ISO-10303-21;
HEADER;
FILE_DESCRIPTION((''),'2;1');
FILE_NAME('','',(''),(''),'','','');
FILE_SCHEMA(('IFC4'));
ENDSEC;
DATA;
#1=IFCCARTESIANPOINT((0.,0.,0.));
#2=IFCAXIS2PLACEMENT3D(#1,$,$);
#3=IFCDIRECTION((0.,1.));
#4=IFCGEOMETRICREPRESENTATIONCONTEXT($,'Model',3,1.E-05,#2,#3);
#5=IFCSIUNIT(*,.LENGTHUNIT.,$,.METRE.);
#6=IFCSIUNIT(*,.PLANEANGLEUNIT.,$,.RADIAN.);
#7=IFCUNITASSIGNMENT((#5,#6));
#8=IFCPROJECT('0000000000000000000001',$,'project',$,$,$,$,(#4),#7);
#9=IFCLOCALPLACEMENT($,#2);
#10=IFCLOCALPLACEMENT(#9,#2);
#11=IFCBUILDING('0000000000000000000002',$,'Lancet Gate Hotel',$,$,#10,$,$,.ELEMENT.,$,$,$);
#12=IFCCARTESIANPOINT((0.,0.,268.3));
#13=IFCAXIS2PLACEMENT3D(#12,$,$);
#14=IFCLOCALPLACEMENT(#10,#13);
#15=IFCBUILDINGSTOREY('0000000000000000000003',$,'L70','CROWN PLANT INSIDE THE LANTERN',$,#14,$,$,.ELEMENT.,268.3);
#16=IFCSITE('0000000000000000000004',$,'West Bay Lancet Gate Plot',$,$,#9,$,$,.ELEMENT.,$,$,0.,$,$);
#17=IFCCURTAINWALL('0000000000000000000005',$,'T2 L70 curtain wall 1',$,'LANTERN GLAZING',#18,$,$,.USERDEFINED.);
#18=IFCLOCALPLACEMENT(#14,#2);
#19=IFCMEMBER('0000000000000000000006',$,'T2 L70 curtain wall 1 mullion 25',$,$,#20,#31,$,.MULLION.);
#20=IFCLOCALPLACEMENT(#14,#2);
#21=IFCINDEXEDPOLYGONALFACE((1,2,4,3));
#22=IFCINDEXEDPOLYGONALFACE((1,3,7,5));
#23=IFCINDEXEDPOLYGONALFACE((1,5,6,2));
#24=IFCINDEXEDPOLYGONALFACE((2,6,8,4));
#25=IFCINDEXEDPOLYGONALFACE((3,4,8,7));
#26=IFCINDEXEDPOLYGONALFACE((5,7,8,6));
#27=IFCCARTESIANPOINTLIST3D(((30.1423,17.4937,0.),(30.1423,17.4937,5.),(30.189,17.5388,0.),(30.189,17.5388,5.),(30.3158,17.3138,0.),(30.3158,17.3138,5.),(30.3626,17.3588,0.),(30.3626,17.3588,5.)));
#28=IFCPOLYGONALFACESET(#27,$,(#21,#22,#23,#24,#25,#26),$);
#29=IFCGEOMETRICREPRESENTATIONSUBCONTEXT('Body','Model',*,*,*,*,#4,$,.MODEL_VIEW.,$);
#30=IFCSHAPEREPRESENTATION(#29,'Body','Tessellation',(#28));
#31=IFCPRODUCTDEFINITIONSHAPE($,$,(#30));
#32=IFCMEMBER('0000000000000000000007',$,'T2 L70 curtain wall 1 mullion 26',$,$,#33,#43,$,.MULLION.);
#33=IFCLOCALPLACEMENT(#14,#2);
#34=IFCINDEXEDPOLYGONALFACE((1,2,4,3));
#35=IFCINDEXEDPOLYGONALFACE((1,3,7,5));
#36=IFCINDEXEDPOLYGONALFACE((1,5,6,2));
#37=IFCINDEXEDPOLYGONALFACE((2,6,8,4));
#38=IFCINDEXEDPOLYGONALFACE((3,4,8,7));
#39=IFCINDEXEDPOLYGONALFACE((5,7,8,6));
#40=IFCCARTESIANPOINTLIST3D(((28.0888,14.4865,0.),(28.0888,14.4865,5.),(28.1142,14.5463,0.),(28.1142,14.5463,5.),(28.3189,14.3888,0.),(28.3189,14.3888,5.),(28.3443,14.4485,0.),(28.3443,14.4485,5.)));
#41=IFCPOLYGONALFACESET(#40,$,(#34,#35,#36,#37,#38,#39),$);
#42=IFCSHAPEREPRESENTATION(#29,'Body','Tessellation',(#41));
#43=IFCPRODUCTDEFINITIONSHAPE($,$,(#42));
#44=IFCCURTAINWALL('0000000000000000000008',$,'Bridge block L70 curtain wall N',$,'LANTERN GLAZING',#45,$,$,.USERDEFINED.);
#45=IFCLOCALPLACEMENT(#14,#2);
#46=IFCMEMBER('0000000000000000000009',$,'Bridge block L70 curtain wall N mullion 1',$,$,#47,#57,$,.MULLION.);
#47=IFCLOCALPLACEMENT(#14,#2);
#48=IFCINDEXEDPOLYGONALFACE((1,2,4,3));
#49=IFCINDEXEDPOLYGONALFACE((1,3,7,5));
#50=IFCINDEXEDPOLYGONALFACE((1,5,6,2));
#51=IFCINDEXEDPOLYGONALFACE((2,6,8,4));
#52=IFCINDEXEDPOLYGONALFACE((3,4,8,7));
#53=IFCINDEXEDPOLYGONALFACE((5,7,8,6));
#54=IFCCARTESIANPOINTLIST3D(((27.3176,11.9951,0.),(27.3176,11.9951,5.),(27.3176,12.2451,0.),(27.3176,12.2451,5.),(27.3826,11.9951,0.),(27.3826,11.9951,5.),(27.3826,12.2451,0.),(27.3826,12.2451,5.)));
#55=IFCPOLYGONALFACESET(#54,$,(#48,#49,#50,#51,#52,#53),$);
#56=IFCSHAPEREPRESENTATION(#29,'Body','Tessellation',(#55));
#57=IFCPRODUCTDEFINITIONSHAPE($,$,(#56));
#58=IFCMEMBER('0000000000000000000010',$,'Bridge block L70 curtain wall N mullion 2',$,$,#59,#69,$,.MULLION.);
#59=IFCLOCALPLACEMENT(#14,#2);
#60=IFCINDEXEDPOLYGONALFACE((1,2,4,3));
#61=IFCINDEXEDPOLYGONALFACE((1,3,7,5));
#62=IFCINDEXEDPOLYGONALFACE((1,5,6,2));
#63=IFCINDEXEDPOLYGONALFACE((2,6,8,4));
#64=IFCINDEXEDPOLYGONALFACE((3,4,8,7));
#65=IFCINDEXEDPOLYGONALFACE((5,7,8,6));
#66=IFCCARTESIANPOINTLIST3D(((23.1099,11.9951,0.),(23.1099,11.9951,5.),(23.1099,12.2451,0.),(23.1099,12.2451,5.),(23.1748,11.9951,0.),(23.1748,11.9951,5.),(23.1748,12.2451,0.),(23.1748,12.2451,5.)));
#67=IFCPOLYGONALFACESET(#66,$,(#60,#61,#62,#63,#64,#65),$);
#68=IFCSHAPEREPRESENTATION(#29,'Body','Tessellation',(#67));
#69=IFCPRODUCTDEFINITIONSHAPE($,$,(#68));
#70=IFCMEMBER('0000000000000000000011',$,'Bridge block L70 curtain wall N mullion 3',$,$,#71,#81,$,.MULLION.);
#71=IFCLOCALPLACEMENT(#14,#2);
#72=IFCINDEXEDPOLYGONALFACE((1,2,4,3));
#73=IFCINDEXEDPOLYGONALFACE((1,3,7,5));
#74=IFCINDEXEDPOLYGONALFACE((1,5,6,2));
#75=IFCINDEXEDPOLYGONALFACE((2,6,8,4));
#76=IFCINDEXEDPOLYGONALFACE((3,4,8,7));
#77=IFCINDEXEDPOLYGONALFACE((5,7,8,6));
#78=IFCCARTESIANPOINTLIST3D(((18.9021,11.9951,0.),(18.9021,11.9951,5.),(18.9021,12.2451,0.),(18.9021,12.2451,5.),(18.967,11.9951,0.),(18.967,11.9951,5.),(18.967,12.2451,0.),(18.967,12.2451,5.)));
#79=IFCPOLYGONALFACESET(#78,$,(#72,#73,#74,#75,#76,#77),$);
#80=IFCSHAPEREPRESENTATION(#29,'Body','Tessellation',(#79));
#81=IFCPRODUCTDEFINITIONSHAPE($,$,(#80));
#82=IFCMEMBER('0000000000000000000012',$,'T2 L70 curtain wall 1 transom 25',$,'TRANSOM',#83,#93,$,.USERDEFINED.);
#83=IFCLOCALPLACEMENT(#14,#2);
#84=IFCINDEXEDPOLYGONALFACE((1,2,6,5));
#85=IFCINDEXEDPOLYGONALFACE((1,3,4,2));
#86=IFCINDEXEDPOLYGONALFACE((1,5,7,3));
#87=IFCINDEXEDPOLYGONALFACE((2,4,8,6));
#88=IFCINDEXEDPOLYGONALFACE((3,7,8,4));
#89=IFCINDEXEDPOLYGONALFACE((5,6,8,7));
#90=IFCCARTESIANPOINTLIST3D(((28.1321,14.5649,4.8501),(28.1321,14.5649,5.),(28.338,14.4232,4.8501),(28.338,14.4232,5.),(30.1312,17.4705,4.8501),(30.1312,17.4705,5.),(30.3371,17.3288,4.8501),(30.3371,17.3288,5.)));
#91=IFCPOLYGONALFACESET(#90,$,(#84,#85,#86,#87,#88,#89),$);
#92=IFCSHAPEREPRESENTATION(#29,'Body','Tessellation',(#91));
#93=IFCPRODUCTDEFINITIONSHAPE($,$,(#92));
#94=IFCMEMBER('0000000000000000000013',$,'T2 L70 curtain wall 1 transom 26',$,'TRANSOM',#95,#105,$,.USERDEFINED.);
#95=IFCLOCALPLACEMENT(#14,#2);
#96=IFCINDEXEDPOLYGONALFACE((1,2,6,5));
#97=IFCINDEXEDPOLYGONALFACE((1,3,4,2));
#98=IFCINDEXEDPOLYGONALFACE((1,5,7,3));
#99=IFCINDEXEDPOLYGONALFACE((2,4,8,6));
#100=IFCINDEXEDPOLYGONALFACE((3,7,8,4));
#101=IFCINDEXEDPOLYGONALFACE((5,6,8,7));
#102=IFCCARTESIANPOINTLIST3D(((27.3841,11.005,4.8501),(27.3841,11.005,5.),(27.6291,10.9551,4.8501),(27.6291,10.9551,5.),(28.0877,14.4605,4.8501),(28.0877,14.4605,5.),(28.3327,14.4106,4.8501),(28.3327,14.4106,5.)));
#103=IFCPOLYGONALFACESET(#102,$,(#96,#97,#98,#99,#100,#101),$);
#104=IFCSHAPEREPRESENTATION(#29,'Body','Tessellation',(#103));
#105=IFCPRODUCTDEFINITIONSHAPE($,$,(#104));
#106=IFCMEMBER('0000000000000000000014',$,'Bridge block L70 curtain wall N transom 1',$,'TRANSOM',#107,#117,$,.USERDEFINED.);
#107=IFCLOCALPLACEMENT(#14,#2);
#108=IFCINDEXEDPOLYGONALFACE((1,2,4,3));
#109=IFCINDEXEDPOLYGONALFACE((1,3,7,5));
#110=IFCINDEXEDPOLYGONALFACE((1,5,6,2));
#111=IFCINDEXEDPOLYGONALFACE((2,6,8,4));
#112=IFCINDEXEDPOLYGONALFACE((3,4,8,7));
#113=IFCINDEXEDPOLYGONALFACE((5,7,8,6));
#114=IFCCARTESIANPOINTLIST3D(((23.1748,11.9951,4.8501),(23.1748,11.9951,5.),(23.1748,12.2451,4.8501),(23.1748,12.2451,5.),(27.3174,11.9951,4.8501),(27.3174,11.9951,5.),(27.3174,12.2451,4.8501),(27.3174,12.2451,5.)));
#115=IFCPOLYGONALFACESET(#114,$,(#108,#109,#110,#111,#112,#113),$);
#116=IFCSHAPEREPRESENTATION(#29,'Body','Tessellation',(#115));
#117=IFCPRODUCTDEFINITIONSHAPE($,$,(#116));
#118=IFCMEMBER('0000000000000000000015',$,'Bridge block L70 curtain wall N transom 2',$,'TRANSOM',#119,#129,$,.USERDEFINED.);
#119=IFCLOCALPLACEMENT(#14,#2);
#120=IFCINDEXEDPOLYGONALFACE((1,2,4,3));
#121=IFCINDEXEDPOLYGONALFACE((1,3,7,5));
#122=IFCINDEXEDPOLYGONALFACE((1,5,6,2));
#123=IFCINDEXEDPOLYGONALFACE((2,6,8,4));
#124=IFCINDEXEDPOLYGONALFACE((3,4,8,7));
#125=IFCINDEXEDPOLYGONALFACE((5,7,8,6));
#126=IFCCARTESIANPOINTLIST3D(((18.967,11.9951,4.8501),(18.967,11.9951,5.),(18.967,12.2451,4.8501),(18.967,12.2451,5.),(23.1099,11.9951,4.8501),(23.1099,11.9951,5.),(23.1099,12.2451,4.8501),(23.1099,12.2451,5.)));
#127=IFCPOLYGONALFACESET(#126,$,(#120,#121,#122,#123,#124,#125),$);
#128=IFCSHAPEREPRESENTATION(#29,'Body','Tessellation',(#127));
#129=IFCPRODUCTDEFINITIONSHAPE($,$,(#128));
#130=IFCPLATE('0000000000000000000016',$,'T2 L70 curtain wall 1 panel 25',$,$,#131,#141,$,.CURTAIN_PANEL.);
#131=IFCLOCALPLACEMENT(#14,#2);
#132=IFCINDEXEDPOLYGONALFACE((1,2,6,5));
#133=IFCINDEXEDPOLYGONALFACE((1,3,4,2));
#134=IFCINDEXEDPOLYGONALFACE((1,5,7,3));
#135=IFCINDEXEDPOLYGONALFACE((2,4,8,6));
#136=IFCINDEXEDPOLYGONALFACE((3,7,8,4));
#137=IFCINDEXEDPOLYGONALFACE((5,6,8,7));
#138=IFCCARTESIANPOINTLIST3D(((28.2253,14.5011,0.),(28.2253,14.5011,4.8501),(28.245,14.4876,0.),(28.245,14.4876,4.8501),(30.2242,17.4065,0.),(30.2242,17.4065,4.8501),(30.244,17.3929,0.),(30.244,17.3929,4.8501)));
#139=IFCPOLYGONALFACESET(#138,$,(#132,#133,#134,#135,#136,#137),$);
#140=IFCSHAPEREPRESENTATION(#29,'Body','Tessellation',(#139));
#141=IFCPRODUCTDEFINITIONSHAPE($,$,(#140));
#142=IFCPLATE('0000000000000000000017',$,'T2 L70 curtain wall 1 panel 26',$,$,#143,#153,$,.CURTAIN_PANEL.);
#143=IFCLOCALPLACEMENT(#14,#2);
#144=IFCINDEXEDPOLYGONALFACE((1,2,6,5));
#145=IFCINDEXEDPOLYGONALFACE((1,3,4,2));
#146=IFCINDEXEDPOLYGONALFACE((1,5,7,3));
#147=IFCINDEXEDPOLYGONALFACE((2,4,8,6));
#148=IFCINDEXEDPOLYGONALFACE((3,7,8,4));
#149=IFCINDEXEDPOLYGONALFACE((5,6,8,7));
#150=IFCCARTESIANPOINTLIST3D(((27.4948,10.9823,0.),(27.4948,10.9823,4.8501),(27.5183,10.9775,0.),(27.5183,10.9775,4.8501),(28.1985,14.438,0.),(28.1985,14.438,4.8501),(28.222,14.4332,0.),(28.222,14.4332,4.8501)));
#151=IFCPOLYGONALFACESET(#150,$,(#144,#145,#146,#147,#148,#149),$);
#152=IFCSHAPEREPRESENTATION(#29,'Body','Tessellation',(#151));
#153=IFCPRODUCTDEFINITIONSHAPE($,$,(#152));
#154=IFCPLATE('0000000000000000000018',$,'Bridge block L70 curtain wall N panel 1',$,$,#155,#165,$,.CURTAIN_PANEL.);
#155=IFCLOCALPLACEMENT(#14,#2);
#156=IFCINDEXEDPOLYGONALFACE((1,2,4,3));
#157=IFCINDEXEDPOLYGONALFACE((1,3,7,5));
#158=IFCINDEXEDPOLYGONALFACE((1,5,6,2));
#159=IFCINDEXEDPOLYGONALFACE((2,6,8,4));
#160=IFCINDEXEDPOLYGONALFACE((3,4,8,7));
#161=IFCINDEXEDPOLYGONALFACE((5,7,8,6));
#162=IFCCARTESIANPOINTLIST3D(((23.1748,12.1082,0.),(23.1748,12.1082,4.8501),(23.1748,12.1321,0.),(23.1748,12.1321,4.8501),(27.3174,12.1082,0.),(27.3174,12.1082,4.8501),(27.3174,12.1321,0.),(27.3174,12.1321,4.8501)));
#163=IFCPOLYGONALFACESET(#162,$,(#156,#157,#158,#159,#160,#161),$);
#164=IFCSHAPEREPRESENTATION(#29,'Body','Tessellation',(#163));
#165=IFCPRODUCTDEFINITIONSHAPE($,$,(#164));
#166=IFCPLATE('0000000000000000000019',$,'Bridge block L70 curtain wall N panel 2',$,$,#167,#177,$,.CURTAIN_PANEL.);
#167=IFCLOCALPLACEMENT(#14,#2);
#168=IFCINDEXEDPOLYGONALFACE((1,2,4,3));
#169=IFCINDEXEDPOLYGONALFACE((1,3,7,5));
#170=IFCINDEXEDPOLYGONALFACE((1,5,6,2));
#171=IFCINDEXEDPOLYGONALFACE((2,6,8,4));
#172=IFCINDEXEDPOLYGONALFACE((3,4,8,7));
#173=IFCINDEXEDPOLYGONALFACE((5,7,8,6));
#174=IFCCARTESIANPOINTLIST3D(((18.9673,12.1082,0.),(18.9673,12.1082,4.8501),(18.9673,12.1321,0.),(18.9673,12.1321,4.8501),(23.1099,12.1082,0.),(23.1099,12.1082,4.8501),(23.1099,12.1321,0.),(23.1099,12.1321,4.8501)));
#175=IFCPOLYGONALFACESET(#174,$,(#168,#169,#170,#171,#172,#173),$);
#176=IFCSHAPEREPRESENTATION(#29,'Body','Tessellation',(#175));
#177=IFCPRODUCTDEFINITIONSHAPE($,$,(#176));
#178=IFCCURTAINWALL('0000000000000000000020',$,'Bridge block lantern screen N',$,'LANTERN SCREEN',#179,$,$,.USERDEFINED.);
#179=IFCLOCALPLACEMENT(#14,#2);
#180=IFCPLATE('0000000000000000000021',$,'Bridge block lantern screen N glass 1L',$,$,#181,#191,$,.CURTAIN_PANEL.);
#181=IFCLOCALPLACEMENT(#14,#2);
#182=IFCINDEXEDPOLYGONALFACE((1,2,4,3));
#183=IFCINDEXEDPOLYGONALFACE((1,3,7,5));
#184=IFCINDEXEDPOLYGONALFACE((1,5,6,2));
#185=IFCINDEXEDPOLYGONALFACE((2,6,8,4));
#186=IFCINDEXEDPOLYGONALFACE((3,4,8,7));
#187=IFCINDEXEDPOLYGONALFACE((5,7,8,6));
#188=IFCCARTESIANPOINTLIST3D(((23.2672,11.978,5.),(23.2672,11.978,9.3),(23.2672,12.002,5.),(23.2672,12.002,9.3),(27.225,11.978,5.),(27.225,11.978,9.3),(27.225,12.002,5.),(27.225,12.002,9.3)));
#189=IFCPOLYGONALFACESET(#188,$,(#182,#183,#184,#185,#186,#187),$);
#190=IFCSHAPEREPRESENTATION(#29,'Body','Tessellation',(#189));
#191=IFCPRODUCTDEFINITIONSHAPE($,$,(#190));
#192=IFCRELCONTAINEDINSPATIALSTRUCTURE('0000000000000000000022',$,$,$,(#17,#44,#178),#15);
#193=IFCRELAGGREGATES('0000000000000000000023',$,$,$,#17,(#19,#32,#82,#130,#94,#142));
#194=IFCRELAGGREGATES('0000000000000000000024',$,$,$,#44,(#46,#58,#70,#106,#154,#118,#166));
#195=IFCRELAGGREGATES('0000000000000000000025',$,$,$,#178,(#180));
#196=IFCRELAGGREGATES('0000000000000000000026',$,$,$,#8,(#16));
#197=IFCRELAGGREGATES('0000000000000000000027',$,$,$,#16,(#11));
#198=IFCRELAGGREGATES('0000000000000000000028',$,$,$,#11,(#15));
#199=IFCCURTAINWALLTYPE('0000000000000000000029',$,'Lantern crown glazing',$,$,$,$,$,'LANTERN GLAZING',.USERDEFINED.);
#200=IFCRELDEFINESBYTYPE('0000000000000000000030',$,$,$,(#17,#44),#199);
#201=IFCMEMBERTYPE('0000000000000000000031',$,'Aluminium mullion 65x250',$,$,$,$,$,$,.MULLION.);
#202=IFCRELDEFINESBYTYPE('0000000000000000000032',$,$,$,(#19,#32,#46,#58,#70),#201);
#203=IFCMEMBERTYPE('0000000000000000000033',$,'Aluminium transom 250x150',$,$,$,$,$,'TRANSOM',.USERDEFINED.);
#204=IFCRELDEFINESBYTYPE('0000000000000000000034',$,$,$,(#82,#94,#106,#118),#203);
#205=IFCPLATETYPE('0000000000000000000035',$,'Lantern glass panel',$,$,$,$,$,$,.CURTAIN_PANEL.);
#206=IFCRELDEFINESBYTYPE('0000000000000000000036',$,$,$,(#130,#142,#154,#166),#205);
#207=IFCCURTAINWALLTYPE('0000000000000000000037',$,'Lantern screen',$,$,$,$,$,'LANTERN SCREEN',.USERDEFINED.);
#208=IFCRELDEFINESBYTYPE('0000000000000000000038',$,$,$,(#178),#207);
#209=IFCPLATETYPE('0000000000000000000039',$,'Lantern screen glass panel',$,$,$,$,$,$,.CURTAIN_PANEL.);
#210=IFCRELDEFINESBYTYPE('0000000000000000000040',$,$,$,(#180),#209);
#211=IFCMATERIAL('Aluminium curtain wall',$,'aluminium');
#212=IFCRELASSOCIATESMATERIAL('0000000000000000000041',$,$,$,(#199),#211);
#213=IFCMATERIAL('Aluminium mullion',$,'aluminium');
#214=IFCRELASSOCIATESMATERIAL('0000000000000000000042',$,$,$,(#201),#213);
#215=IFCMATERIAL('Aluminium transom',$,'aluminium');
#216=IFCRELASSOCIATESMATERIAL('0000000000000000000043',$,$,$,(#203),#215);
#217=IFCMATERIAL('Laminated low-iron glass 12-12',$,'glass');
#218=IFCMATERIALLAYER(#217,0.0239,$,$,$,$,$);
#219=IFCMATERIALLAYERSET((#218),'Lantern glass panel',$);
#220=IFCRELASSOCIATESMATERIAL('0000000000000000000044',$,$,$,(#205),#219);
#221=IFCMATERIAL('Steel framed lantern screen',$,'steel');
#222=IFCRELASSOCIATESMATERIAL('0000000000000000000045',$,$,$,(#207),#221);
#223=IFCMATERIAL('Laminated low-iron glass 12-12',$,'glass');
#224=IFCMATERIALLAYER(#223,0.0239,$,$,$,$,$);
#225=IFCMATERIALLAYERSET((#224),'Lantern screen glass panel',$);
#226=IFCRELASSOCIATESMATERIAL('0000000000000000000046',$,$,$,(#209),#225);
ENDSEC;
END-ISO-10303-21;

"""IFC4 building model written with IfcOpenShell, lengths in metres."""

from ifc_helpers import new_model, si_unit, direction, frame, origin, origin_2d, place, context, subcontext, project, spatial, rectangle, extrude, material, layer, layer_set, material_profile, profile_set, type_object, element, aggregate, save


model = new_model("IFC4")

# Units and contexts
model_context = context("Model", 3, precision=1e-05, world=origin(), true_north=direction((0.0, 1.0)))
body_context = subcontext(model_context, "Body", "Model", "MODEL_VIEW")
ifc_project = project(units=[si_unit("LENGTHUNIT", "METRE"), si_unit("PLANEANGLEUNIT", "RADIAN")], contexts=[model_context])

# Site, building, storey
site_placement = place(None, origin())
site = spatial("IfcSite", under=ifc_project, at=site_placement, Name="West Bay Lancet Gate Plot", CompositionType="ELEMENT", RefElevation=0.0)
building_placement = place(site_placement, origin())
building = spatial("IfcBuilding", under=site, at=building_placement, Name="Lancet Gate Hotel", CompositionType="ELEMENT")
storey_placement = place(building_placement, frame((0.0, 0.0, 268.3)))
storey = spatial("IfcBuildingStorey", under=building, at=storey_placement, Name="L70", Description="CROWN PLANT INSIDE THE LANTERN", CompositionType="ELEMENT", Elevation=268.3)

# Curtain walls, members
ifc_material_1 = material(Name="Aluminium curtain wall", Category="aluminium")
curtain_wall_type_1 = type_object("IfcCurtainWallType", Name="Lantern crown glazing", ElementType="LANTERN GLAZING", PredefinedType="USERDEFINED", material=ifc_material_1)
curtain_wall_1_placement = place(storey_placement, origin())
curtain_wall_1 = element("IfcCurtainWall", 1, at=curtain_wall_1_placement, inside=storey, type_object=curtain_wall_type_1, Name="T2 L70 curtain wall 1", ObjectType="LANTERN GLAZING", PredefinedType="USERDEFINED")
ifc_material_2 = material(Name="Aluminium mullion", Category="aluminium")
ifc_material_profile_1 = material_profile(ifc_material_2, rectangle(XDim=0.0649, YDim=0.25, at=origin_2d()), Name="MULLION 65x250")
ifc_profile_set_1 = profile_set([ifc_material_profile_1], Name="Aluminium mullion")
member_type_1 = type_object("IfcMemberType", Name="Aluminium mullion 65x250", PredefinedType="MULLION", material=ifc_profile_set_1)
member_1_placement = place(storey_placement, frame((30.2524, 17.4263, 0.0), z_axis=(0.0, 0.0, 1.0), x_axis=(-0.719809, -0.694172, 0.0)))
member_1 = element("IfcMember", 2, at=member_1_placement, type_object=member_type_1, Name="T2 L70 curtain wall 1 mullion 25", PredefinedType="MULLION", context=body_context, shape_type="SweptSolid", body=[
    extrude(rectangle(XDim=0.0649, YDim=0.25, at=origin_2d()), origin(), (0.0, 0.0, 1.0), 5.0),
])
member_2_placement = place(storey_placement, frame((28.2166, 14.4675, 0.0), z_axis=(0.0, 0.0, 1.0), x_axis=(-0.391042, -0.920373, 0.0)))
member_2 = element("IfcMember", 3, at=member_2_placement, type_object=member_type_1, Name="T2 L70 curtain wall 1 mullion 26", PredefinedType="MULLION", context=body_context, shape_type="SweptSolid", body=[
    extrude(rectangle(XDim=0.0649, YDim=0.25, at=origin_2d()), origin(), (0.0, 0.0, 1.0), 5.0),
])
curtain_wall_2_placement = place(storey_placement, origin())
curtain_wall_2 = element("IfcCurtainWall", 4, at=curtain_wall_2_placement, inside=storey, type_object=curtain_wall_type_1, Name="Bridge block L70 curtain wall N", ObjectType="LANTERN GLAZING", PredefinedType="USERDEFINED")
member_3_placement = place(storey_placement, frame((27.3501, 12.1201, 0.0), z_axis=(0.0, 0.0, 1.0), x_axis=(-1.0, 0.0, 0.0)))
member_3 = element("IfcMember", 5, at=member_3_placement, type_object=member_type_1, Name="Bridge block L70 curtain wall N mullion 1", PredefinedType="MULLION", context=body_context, shape_type="SweptSolid", body=[
    extrude(rectangle(XDim=0.0649, YDim=0.25, at=origin_2d()), origin(), (0.0, 0.0, 1.0), 5.0),
])
member_4_placement = place(storey_placement, frame((23.1423, 12.1201, 0.0), z_axis=(0.0, 0.0, 1.0), x_axis=(-1.0, 0.0, 0.0)))
member_4 = element("IfcMember", 6, at=member_4_placement, type_object=member_type_1, Name="Bridge block L70 curtain wall N mullion 2", PredefinedType="MULLION", context=body_context, shape_type="SweptSolid", body=[
    extrude(rectangle(XDim=0.0649, YDim=0.25, at=origin_2d()), origin(), (0.0, 0.0, 1.0), 5.0),
])
member_5_placement = place(storey_placement, frame((18.9346, 12.1201, 0.0), z_axis=(0.0, 0.0, 1.0), x_axis=(-1.0, 0.0, 0.0)))
member_5 = element("IfcMember", 7, at=member_5_placement, type_object=member_type_1, Name="Bridge block L70 curtain wall N mullion 3", PredefinedType="MULLION", context=body_context, shape_type="SweptSolid", body=[
    extrude(rectangle(XDim=0.0649, YDim=0.25, at=origin_2d()), origin(), (0.0, 0.0, 1.0), 5.0),
])

# Members
ifc_material_3 = material(Name="Aluminium transom", Category="aluminium")
ifc_material_profile_2 = material_profile(ifc_material_3, rectangle(XDim=0.25, YDim=0.1499, at=origin_2d()), Name="TRANSOM 250x150")
ifc_profile_set_2 = profile_set([ifc_material_profile_2], Name="Aluminium transom")
member_type_2 = type_object("IfcMemberType", Name="Aluminium transom 250x150", ElementType="TRANSOM", PredefinedType="USERDEFINED", material=ifc_profile_set_2)
member_6_placement = place(storey_placement, frame((30.2341, 17.3997, 4.925), z_axis=(-0.566814, -0.823846, 0.0), x_axis=(0.823846, -0.566814, 0.0)))
member_6 = element("IfcMember", 8, at=member_6_placement, type_object=member_type_2, Name="T2 L70 curtain wall 1 transom 25", ObjectType="TRANSOM", PredefinedType="USERDEFINED", context=body_context, shape_type="SweptSolid", body=[
    extrude(rectangle(XDim=0.25, YDim=0.1499, at=origin_2d()), origin(), (0.0, 0.0, 1.0), 3.5269),
])
member_7_placement = place(storey_placement, frame((28.2102, 14.4355, 4.925), z_axis=(-0.199523, -0.979893, 0.0), x_axis=(0.979893, -0.199523, 0.0)))
member_7 = element("IfcMember", 9, at=member_7_placement, type_object=member_type_2, Name="T2 L70 curtain wall 1 transom 26", ObjectType="TRANSOM", PredefinedType="USERDEFINED", context=body_context, shape_type="SweptSolid", body=[
    extrude(rectangle(XDim=0.25, YDim=0.1499, at=origin_2d()), origin(), (0.0, 0.0, 1.0), 3.5264),
])
member_8_placement = place(storey_placement, frame((27.3174, 12.1201, 4.925), z_axis=(-1.0, 0.0, 0.0), x_axis=(0.0, -1.0, 0.0)))
member_8 = element("IfcMember", 10, at=member_8_placement, type_object=member_type_2, Name="Bridge block L70 curtain wall N transom 1", ObjectType="TRANSOM", PredefinedType="USERDEFINED", context=body_context, shape_type="SweptSolid", body=[
    extrude(rectangle(XDim=0.25, YDim=0.1499, at=origin_2d()), origin(), (0.0, 0.0, 1.0), 4.1426),
])
member_9_placement = place(storey_placement, frame((23.1099, 12.1201, 4.925), z_axis=(-1.0, 0.0, 0.0), x_axis=(0.0, -1.0, 0.0)))
member_9 = element("IfcMember", 11, at=member_9_placement, type_object=member_type_2, Name="Bridge block L70 curtain wall N transom 2", ObjectType="TRANSOM", PredefinedType="USERDEFINED", context=body_context, shape_type="SweptSolid", body=[
    extrude(rectangle(XDim=0.25, YDim=0.1499, at=origin_2d()), origin(), (0.0, 0.0, 1.0), 4.1428),
])

# Plates
ifc_material_4 = material(Name="Laminated low-iron glass 12-12", Category="glass")
ifc_layer_1 = layer(ifc_material_4, 0.0239)
ifc_layer_set_1 = layer_set([ifc_layer_1], Name="Lantern glass panel")
plate_type_1 = type_object("IfcPlateType", Name="Lantern glass panel", PredefinedType="CURTAIN_PANEL", material=ifc_layer_set_1)
plate_1_placement = place(storey_placement, frame((29.2346, 15.947, 0.0), z_axis=(0.0, 0.0, 1.0), x_axis=(-0.566824, -0.823839, 0.0)))
plate_1 = element("IfcPlate", 12, at=plate_1_placement, type_object=plate_type_1, Name="T2 L70 curtain wall 1 panel 25", PredefinedType="CURTAIN_PANEL", context=body_context, shape_type="SweptSolid", body=[
    extrude(rectangle(XDim=3.5266, YDim=0.0239, at=origin_2d()), origin(), (0.0, 0.0, 1.0), 4.8501),
])
plate_2_placement = place(storey_placement, frame((27.8584, 12.7078, 0.0), z_axis=(0.0, 0.0, 1.0), x_axis=(-0.199533, -0.979891, 0.0)))
plate_2 = element("IfcPlate", 13, at=plate_2_placement, type_object=plate_type_1, Name="T2 L70 curtain wall 1 panel 26", PredefinedType="CURTAIN_PANEL", context=body_context, shape_type="SweptSolid", body=[
    extrude(rectangle(XDim=3.5266, YDim=0.0239, at=origin_2d()), origin(), (0.0, 0.0, 1.0), 4.8501),
])
aggregate(curtain_wall_1, [member_1, member_2, member_6, plate_1, member_7, plate_2])
plate_3_placement = place(storey_placement, frame((25.2461, 12.1201, 0.0), z_axis=(0.0, 0.0, 1.0), x_axis=(-1.0, 0.0, 0.0)))
plate_3 = element("IfcPlate", 14, at=plate_3_placement, type_object=plate_type_1, Name="Bridge block L70 curtain wall N panel 1", PredefinedType="CURTAIN_PANEL", context=body_context, shape_type="SweptSolid", body=[
    extrude(rectangle(XDim=4.1426, YDim=0.0239, at=origin_2d()), origin(), (0.0, 0.0, 1.0), 4.8501),
])
plate_4_placement = place(storey_placement, frame((21.0386, 12.1201, 0.0), z_axis=(0.0, 0.0, 1.0), x_axis=(-1.0, 0.0, 0.0)))
plate_4 = element("IfcPlate", 15, at=plate_4_placement, type_object=plate_type_1, Name="Bridge block L70 curtain wall N panel 2", PredefinedType="CURTAIN_PANEL", context=body_context, shape_type="SweptSolid", body=[
    extrude(rectangle(XDim=4.1426, YDim=0.0239, at=origin_2d()), origin(), (0.0, 0.0, 1.0), 4.8501),
])
aggregate(curtain_wall_2, [member_3, member_4, member_5, member_8, plate_3, member_9, plate_4])

# Curtain wall, plate
ifc_material_5 = material(Name="Steel framed lantern screen", Category="steel")
curtain_wall_type_2 = type_object("IfcCurtainWallType", Name="Lantern screen", ElementType="LANTERN SCREEN", PredefinedType="USERDEFINED", material=ifc_material_5)
curtain_wall_3_placement = place(storey_placement, origin())
curtain_wall_3 = element("IfcCurtainWall", 16, at=curtain_wall_3_placement, inside=storey, type_object=curtain_wall_type_2, Name="Bridge block lantern screen N", ObjectType="LANTERN SCREEN", PredefinedType="USERDEFINED")
ifc_material_6 = material(Name="Laminated low-iron glass 12-12", Category="glass")
ifc_layer_2 = layer(ifc_material_6, 0.0239)
ifc_layer_set_2 = layer_set([ifc_layer_2], Name="Lantern screen glass panel")
plate_type_2 = type_object("IfcPlateType", Name="Lantern screen glass panel", PredefinedType="CURTAIN_PANEL", material=ifc_layer_set_2)
plate_5_placement = place(storey_placement, frame((25.2461, 11.99, 5.0), z_axis=(0.0, 0.0, 1.0), x_axis=(-1.0, 0.0, 0.0)))
plate_5 = element("IfcPlate", 17, at=plate_5_placement, type_object=plate_type_2, Name="Bridge block lantern screen N glass 1L", PredefinedType="CURTAIN_PANEL", context=body_context, shape_type="SweptSolid", body=[
    extrude(rectangle(XDim=3.9578, YDim=0.0239, at=origin_2d()), origin(), (0.0, 0.0, 1.0), 4.3),
])
aggregate(curtain_wall_3, [plate_5])

save(model, "model.ifc")
